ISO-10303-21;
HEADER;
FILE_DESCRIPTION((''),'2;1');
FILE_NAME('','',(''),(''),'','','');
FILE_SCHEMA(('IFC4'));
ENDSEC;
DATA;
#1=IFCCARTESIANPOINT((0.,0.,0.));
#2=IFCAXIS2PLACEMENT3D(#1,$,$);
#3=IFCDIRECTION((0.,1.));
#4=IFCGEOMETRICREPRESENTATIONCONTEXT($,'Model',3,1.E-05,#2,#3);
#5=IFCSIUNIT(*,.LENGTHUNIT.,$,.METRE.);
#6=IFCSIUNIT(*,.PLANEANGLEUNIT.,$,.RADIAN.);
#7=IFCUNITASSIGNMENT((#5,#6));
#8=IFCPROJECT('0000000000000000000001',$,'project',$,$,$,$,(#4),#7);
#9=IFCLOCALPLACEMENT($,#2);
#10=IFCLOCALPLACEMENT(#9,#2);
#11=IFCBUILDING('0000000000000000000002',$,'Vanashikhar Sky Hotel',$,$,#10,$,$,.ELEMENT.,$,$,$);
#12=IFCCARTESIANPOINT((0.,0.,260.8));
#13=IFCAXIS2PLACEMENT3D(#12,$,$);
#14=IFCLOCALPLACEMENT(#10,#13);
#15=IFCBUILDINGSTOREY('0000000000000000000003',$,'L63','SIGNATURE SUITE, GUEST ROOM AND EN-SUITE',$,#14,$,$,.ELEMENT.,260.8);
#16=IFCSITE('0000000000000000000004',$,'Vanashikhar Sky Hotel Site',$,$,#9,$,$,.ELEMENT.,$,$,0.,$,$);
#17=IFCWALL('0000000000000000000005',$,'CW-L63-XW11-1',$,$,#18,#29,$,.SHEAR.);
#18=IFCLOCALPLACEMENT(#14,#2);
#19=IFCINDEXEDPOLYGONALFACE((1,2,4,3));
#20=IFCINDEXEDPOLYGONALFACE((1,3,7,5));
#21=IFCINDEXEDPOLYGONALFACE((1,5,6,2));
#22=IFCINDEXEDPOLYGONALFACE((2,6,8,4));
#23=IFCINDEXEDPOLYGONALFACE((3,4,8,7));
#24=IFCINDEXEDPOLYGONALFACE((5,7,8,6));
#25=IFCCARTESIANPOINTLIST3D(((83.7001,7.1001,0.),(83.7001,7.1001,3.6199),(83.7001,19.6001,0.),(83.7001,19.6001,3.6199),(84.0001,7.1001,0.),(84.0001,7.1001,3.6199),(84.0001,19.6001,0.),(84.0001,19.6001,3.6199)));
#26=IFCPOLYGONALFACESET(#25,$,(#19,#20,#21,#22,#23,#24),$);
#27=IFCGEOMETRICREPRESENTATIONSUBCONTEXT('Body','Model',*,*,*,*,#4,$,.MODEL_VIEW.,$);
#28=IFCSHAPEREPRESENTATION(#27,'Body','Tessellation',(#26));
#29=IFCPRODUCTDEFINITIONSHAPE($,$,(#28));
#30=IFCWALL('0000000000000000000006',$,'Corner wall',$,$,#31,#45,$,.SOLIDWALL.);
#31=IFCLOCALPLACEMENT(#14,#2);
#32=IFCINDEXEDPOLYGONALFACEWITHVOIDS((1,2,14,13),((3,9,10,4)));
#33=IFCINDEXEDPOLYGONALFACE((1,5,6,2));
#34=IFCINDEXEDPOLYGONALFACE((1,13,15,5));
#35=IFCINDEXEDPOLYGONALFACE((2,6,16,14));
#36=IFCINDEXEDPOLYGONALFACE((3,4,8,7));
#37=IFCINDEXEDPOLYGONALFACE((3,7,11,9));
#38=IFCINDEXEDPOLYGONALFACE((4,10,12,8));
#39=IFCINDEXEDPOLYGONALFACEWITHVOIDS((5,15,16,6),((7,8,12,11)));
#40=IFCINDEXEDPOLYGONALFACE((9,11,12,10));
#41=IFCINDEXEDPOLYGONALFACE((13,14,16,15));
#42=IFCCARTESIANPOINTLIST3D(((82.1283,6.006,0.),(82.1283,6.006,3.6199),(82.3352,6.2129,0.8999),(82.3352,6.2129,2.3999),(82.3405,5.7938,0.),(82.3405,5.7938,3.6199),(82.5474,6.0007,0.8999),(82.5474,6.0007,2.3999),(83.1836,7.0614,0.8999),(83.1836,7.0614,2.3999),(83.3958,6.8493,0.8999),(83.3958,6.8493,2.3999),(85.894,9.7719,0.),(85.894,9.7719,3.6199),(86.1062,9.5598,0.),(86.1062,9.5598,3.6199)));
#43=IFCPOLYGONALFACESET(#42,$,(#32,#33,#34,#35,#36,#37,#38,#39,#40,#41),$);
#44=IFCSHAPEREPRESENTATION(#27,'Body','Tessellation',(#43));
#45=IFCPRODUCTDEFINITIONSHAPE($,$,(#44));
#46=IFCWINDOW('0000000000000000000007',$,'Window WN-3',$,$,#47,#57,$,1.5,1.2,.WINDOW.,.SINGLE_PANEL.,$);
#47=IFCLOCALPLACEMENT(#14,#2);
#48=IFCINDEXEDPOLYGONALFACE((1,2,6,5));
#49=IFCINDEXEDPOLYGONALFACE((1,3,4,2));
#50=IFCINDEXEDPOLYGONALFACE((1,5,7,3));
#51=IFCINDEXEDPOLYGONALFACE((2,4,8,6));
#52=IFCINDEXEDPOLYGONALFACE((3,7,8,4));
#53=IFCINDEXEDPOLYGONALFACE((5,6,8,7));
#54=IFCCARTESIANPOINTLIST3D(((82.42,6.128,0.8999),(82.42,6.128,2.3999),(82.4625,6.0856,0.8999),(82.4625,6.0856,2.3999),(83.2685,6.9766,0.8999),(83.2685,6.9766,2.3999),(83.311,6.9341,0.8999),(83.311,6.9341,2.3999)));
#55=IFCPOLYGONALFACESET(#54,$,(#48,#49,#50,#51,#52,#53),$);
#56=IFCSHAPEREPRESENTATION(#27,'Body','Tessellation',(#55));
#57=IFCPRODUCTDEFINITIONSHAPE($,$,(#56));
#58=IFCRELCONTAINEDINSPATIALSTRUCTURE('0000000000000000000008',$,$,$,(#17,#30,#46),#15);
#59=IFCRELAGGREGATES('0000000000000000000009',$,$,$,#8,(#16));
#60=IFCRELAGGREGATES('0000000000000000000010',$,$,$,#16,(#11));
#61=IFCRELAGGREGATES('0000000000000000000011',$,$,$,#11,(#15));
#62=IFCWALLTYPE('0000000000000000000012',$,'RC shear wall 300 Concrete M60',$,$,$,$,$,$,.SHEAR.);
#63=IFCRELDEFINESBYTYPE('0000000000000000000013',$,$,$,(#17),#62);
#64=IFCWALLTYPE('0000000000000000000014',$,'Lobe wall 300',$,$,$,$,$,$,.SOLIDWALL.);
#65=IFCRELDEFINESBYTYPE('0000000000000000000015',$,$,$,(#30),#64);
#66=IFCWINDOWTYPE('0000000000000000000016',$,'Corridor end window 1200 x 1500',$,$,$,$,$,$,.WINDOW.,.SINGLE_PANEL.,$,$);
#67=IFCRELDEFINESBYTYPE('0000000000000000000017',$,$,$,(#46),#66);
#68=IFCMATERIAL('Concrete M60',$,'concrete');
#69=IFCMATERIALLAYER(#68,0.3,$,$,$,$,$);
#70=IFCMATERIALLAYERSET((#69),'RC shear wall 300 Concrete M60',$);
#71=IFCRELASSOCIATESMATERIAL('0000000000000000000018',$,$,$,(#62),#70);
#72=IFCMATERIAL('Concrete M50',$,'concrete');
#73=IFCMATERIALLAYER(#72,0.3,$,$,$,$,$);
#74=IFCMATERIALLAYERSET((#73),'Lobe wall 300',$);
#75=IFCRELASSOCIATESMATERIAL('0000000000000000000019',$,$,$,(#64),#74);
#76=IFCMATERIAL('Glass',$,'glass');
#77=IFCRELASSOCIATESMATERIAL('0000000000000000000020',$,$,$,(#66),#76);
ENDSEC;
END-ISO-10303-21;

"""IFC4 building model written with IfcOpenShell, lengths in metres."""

from ifc_helpers import new_model, si_unit, direction, frame, frame_2d, origin, place, context, subcontext, project, spatial, rectangle, extrude, source, transform, mapped, material, layer, layer_set, type_object, element, fill, save


model = new_model("IFC4")

# Units and contexts
model_context = context("Model", 3, precision=1e-05, world=origin(), true_north=direction((0.0, 1.0)))
body_context = subcontext(model_context, "Body", "Model", "MODEL_VIEW")
ifc_project = project(units=[si_unit("LENGTHUNIT", "METRE"), si_unit("PLANEANGLEUNIT", "RADIAN")], contexts=[model_context])

# Site, building, storey
site_placement = place(None, origin())
site = spatial("IfcSite", under=ifc_project, at=site_placement, Name="Vanashikhar Sky Hotel Site", CompositionType="ELEMENT", RefElevation=0.0)
building_placement = place(site_placement, origin())
building = spatial("IfcBuilding", under=site, at=building_placement, Name="Vanashikhar Sky Hotel", CompositionType="ELEMENT")
storey_placement = place(building_placement, frame((0.0, 0.0, 260.8)))
storey = spatial("IfcBuildingStorey", under=building, at=storey_placement, Name="L63", Description="SIGNATURE SUITE, GUEST ROOM AND EN-SUITE", CompositionType="ELEMENT", Elevation=260.8)

# Wall
ifc_material_1 = material(Name="Concrete M60", Category="concrete")
ifc_layer_1 = layer(ifc_material_1, 0.3)
ifc_layer_set_1 = layer_set([ifc_layer_1], Name="RC shear wall 300 Concrete M60")
wall_type_1 = type_object("IfcWallType", Name="RC shear wall 300 Concrete M60", PredefinedType="SHEAR", material=ifc_layer_set_1)
shared_shape_1 = source(origin(), body_context, "Body", "SweptSolid", [
    extrude(rectangle(XDim=12.5, YDim=0.3, at=frame_2d((6.25, 0.0))), origin(), (0.0, 0.0, 1.0), 3.6199),
])
wall_1_placement = place(storey_placement, frame((83.8501, 7.1001, 0.0), z_axis=(0.0, 0.0, 1.0), x_axis=(0.0, 1.0, 0.0)))
element("IfcWall", 1, at=wall_1_placement, inside=storey, type_object=wall_type_1, Name="CW-L63-XW11-1", PredefinedType="SHEAR", context=body_context, shape_type="MappedRepresentation", body=[
    mapped(shared_shape_1, transform((0.0, 0.0, 0.0), scale=1.0)),
])

# Wall, opening, window
ifc_material_2 = material(Name="Concrete M50", Category="concrete")
ifc_layer_2 = layer(ifc_material_2, 0.3)
ifc_layer_set_2 = layer_set([ifc_layer_2], Name="Lobe wall 300")
wall_type_2 = type_object("IfcWallType", Name="Lobe wall 300", PredefinedType="SOLIDWALL", material=ifc_layer_set_2)
shared_shape_2 = source(origin(), body_context, "Body", "SweptSolid", [
    extrude(rectangle(XDim=5.3257, YDim=0.3, at=frame_2d((2.6628, 0.0))), origin(), (0.0, 0.0, 1.0), 3.6199),
])
wall_2_placement = place(storey_placement, frame((82.2344, 5.8999, 0.0), z_axis=(0.0, 0.0, 1.0), x_axis=(0.707084, 0.70713, 0.0)))
wall_2 = element("IfcWall", 2, at=wall_2_placement, inside=storey, type_object=wall_type_2, Name="Corner wall", PredefinedType="SOLIDWALL", context=body_context, shape_type="MappedRepresentation", body=[
    mapped(shared_shape_2, transform((0.0, 0.0, 0.0), scale=1.0)),
])
shared_shape_3 = source(origin(), body_context, "Body", "SweptSolid", [
    extrude(rectangle(XDim=1.2, YDim=1.5, at=frame_2d((0.6001, 0.75))), frame((0.0, 0.1602, 0.0), z_axis=(0.0, -1.0, 0.0), x_axis=(1.0, 0.0, 0.0)), (0.0, 0.0, 1.0), 0.3201),
])
opening_1_placement = place(wall_2_placement, frame((0.2925, 0.0, 0.8999)))
opening_1 = element("IfcOpeningElement", 3, at=opening_1_placement, cuts=wall_2, PredefinedType="OPENING", context=body_context, shape_type="MappedRepresentation", body=[
    mapped(shared_shape_3, transform((0.0, 0.0, 0.0), scale=1.0)),
])
ifc_material_3 = material(Name="Glass", Category="glass")
window_type_1 = type_object("IfcWindowType", Name="Corridor end window 1200 x 1500", PartitioningType="SINGLE_PANEL", PredefinedType="WINDOW", material=ifc_material_3)
shared_shape_4 = source(origin(), body_context, "Body", "SweptSolid", [
    extrude(rectangle(XDim=1.2, YDim=1.5, at=frame_2d((0.6001, 0.75))), frame((0.0, 0.03, 0.0), z_axis=(0.0, -1.0, 0.0), x_axis=(1.0, 0.0, 0.0)), (0.0, 0.0, 1.0), 0.0601),
])
window_1_placement = place(opening_1_placement, origin())
window_1 = element("IfcWindow", 4, at=window_1_placement, inside=storey, type_object=window_type_1, Name="Window WN-3", OverallHeight=1.5, OverallWidth=1.2, PartitioningType="SINGLE_PANEL", PredefinedType="WINDOW", context=body_context, shape_type="MappedRepresentation", body=[
    mapped(shared_shape_4, transform((0.0, 0.0, 0.0), scale=1.0)),
])
fill(opening_1, window_1)

save(model, "model.ifc")
